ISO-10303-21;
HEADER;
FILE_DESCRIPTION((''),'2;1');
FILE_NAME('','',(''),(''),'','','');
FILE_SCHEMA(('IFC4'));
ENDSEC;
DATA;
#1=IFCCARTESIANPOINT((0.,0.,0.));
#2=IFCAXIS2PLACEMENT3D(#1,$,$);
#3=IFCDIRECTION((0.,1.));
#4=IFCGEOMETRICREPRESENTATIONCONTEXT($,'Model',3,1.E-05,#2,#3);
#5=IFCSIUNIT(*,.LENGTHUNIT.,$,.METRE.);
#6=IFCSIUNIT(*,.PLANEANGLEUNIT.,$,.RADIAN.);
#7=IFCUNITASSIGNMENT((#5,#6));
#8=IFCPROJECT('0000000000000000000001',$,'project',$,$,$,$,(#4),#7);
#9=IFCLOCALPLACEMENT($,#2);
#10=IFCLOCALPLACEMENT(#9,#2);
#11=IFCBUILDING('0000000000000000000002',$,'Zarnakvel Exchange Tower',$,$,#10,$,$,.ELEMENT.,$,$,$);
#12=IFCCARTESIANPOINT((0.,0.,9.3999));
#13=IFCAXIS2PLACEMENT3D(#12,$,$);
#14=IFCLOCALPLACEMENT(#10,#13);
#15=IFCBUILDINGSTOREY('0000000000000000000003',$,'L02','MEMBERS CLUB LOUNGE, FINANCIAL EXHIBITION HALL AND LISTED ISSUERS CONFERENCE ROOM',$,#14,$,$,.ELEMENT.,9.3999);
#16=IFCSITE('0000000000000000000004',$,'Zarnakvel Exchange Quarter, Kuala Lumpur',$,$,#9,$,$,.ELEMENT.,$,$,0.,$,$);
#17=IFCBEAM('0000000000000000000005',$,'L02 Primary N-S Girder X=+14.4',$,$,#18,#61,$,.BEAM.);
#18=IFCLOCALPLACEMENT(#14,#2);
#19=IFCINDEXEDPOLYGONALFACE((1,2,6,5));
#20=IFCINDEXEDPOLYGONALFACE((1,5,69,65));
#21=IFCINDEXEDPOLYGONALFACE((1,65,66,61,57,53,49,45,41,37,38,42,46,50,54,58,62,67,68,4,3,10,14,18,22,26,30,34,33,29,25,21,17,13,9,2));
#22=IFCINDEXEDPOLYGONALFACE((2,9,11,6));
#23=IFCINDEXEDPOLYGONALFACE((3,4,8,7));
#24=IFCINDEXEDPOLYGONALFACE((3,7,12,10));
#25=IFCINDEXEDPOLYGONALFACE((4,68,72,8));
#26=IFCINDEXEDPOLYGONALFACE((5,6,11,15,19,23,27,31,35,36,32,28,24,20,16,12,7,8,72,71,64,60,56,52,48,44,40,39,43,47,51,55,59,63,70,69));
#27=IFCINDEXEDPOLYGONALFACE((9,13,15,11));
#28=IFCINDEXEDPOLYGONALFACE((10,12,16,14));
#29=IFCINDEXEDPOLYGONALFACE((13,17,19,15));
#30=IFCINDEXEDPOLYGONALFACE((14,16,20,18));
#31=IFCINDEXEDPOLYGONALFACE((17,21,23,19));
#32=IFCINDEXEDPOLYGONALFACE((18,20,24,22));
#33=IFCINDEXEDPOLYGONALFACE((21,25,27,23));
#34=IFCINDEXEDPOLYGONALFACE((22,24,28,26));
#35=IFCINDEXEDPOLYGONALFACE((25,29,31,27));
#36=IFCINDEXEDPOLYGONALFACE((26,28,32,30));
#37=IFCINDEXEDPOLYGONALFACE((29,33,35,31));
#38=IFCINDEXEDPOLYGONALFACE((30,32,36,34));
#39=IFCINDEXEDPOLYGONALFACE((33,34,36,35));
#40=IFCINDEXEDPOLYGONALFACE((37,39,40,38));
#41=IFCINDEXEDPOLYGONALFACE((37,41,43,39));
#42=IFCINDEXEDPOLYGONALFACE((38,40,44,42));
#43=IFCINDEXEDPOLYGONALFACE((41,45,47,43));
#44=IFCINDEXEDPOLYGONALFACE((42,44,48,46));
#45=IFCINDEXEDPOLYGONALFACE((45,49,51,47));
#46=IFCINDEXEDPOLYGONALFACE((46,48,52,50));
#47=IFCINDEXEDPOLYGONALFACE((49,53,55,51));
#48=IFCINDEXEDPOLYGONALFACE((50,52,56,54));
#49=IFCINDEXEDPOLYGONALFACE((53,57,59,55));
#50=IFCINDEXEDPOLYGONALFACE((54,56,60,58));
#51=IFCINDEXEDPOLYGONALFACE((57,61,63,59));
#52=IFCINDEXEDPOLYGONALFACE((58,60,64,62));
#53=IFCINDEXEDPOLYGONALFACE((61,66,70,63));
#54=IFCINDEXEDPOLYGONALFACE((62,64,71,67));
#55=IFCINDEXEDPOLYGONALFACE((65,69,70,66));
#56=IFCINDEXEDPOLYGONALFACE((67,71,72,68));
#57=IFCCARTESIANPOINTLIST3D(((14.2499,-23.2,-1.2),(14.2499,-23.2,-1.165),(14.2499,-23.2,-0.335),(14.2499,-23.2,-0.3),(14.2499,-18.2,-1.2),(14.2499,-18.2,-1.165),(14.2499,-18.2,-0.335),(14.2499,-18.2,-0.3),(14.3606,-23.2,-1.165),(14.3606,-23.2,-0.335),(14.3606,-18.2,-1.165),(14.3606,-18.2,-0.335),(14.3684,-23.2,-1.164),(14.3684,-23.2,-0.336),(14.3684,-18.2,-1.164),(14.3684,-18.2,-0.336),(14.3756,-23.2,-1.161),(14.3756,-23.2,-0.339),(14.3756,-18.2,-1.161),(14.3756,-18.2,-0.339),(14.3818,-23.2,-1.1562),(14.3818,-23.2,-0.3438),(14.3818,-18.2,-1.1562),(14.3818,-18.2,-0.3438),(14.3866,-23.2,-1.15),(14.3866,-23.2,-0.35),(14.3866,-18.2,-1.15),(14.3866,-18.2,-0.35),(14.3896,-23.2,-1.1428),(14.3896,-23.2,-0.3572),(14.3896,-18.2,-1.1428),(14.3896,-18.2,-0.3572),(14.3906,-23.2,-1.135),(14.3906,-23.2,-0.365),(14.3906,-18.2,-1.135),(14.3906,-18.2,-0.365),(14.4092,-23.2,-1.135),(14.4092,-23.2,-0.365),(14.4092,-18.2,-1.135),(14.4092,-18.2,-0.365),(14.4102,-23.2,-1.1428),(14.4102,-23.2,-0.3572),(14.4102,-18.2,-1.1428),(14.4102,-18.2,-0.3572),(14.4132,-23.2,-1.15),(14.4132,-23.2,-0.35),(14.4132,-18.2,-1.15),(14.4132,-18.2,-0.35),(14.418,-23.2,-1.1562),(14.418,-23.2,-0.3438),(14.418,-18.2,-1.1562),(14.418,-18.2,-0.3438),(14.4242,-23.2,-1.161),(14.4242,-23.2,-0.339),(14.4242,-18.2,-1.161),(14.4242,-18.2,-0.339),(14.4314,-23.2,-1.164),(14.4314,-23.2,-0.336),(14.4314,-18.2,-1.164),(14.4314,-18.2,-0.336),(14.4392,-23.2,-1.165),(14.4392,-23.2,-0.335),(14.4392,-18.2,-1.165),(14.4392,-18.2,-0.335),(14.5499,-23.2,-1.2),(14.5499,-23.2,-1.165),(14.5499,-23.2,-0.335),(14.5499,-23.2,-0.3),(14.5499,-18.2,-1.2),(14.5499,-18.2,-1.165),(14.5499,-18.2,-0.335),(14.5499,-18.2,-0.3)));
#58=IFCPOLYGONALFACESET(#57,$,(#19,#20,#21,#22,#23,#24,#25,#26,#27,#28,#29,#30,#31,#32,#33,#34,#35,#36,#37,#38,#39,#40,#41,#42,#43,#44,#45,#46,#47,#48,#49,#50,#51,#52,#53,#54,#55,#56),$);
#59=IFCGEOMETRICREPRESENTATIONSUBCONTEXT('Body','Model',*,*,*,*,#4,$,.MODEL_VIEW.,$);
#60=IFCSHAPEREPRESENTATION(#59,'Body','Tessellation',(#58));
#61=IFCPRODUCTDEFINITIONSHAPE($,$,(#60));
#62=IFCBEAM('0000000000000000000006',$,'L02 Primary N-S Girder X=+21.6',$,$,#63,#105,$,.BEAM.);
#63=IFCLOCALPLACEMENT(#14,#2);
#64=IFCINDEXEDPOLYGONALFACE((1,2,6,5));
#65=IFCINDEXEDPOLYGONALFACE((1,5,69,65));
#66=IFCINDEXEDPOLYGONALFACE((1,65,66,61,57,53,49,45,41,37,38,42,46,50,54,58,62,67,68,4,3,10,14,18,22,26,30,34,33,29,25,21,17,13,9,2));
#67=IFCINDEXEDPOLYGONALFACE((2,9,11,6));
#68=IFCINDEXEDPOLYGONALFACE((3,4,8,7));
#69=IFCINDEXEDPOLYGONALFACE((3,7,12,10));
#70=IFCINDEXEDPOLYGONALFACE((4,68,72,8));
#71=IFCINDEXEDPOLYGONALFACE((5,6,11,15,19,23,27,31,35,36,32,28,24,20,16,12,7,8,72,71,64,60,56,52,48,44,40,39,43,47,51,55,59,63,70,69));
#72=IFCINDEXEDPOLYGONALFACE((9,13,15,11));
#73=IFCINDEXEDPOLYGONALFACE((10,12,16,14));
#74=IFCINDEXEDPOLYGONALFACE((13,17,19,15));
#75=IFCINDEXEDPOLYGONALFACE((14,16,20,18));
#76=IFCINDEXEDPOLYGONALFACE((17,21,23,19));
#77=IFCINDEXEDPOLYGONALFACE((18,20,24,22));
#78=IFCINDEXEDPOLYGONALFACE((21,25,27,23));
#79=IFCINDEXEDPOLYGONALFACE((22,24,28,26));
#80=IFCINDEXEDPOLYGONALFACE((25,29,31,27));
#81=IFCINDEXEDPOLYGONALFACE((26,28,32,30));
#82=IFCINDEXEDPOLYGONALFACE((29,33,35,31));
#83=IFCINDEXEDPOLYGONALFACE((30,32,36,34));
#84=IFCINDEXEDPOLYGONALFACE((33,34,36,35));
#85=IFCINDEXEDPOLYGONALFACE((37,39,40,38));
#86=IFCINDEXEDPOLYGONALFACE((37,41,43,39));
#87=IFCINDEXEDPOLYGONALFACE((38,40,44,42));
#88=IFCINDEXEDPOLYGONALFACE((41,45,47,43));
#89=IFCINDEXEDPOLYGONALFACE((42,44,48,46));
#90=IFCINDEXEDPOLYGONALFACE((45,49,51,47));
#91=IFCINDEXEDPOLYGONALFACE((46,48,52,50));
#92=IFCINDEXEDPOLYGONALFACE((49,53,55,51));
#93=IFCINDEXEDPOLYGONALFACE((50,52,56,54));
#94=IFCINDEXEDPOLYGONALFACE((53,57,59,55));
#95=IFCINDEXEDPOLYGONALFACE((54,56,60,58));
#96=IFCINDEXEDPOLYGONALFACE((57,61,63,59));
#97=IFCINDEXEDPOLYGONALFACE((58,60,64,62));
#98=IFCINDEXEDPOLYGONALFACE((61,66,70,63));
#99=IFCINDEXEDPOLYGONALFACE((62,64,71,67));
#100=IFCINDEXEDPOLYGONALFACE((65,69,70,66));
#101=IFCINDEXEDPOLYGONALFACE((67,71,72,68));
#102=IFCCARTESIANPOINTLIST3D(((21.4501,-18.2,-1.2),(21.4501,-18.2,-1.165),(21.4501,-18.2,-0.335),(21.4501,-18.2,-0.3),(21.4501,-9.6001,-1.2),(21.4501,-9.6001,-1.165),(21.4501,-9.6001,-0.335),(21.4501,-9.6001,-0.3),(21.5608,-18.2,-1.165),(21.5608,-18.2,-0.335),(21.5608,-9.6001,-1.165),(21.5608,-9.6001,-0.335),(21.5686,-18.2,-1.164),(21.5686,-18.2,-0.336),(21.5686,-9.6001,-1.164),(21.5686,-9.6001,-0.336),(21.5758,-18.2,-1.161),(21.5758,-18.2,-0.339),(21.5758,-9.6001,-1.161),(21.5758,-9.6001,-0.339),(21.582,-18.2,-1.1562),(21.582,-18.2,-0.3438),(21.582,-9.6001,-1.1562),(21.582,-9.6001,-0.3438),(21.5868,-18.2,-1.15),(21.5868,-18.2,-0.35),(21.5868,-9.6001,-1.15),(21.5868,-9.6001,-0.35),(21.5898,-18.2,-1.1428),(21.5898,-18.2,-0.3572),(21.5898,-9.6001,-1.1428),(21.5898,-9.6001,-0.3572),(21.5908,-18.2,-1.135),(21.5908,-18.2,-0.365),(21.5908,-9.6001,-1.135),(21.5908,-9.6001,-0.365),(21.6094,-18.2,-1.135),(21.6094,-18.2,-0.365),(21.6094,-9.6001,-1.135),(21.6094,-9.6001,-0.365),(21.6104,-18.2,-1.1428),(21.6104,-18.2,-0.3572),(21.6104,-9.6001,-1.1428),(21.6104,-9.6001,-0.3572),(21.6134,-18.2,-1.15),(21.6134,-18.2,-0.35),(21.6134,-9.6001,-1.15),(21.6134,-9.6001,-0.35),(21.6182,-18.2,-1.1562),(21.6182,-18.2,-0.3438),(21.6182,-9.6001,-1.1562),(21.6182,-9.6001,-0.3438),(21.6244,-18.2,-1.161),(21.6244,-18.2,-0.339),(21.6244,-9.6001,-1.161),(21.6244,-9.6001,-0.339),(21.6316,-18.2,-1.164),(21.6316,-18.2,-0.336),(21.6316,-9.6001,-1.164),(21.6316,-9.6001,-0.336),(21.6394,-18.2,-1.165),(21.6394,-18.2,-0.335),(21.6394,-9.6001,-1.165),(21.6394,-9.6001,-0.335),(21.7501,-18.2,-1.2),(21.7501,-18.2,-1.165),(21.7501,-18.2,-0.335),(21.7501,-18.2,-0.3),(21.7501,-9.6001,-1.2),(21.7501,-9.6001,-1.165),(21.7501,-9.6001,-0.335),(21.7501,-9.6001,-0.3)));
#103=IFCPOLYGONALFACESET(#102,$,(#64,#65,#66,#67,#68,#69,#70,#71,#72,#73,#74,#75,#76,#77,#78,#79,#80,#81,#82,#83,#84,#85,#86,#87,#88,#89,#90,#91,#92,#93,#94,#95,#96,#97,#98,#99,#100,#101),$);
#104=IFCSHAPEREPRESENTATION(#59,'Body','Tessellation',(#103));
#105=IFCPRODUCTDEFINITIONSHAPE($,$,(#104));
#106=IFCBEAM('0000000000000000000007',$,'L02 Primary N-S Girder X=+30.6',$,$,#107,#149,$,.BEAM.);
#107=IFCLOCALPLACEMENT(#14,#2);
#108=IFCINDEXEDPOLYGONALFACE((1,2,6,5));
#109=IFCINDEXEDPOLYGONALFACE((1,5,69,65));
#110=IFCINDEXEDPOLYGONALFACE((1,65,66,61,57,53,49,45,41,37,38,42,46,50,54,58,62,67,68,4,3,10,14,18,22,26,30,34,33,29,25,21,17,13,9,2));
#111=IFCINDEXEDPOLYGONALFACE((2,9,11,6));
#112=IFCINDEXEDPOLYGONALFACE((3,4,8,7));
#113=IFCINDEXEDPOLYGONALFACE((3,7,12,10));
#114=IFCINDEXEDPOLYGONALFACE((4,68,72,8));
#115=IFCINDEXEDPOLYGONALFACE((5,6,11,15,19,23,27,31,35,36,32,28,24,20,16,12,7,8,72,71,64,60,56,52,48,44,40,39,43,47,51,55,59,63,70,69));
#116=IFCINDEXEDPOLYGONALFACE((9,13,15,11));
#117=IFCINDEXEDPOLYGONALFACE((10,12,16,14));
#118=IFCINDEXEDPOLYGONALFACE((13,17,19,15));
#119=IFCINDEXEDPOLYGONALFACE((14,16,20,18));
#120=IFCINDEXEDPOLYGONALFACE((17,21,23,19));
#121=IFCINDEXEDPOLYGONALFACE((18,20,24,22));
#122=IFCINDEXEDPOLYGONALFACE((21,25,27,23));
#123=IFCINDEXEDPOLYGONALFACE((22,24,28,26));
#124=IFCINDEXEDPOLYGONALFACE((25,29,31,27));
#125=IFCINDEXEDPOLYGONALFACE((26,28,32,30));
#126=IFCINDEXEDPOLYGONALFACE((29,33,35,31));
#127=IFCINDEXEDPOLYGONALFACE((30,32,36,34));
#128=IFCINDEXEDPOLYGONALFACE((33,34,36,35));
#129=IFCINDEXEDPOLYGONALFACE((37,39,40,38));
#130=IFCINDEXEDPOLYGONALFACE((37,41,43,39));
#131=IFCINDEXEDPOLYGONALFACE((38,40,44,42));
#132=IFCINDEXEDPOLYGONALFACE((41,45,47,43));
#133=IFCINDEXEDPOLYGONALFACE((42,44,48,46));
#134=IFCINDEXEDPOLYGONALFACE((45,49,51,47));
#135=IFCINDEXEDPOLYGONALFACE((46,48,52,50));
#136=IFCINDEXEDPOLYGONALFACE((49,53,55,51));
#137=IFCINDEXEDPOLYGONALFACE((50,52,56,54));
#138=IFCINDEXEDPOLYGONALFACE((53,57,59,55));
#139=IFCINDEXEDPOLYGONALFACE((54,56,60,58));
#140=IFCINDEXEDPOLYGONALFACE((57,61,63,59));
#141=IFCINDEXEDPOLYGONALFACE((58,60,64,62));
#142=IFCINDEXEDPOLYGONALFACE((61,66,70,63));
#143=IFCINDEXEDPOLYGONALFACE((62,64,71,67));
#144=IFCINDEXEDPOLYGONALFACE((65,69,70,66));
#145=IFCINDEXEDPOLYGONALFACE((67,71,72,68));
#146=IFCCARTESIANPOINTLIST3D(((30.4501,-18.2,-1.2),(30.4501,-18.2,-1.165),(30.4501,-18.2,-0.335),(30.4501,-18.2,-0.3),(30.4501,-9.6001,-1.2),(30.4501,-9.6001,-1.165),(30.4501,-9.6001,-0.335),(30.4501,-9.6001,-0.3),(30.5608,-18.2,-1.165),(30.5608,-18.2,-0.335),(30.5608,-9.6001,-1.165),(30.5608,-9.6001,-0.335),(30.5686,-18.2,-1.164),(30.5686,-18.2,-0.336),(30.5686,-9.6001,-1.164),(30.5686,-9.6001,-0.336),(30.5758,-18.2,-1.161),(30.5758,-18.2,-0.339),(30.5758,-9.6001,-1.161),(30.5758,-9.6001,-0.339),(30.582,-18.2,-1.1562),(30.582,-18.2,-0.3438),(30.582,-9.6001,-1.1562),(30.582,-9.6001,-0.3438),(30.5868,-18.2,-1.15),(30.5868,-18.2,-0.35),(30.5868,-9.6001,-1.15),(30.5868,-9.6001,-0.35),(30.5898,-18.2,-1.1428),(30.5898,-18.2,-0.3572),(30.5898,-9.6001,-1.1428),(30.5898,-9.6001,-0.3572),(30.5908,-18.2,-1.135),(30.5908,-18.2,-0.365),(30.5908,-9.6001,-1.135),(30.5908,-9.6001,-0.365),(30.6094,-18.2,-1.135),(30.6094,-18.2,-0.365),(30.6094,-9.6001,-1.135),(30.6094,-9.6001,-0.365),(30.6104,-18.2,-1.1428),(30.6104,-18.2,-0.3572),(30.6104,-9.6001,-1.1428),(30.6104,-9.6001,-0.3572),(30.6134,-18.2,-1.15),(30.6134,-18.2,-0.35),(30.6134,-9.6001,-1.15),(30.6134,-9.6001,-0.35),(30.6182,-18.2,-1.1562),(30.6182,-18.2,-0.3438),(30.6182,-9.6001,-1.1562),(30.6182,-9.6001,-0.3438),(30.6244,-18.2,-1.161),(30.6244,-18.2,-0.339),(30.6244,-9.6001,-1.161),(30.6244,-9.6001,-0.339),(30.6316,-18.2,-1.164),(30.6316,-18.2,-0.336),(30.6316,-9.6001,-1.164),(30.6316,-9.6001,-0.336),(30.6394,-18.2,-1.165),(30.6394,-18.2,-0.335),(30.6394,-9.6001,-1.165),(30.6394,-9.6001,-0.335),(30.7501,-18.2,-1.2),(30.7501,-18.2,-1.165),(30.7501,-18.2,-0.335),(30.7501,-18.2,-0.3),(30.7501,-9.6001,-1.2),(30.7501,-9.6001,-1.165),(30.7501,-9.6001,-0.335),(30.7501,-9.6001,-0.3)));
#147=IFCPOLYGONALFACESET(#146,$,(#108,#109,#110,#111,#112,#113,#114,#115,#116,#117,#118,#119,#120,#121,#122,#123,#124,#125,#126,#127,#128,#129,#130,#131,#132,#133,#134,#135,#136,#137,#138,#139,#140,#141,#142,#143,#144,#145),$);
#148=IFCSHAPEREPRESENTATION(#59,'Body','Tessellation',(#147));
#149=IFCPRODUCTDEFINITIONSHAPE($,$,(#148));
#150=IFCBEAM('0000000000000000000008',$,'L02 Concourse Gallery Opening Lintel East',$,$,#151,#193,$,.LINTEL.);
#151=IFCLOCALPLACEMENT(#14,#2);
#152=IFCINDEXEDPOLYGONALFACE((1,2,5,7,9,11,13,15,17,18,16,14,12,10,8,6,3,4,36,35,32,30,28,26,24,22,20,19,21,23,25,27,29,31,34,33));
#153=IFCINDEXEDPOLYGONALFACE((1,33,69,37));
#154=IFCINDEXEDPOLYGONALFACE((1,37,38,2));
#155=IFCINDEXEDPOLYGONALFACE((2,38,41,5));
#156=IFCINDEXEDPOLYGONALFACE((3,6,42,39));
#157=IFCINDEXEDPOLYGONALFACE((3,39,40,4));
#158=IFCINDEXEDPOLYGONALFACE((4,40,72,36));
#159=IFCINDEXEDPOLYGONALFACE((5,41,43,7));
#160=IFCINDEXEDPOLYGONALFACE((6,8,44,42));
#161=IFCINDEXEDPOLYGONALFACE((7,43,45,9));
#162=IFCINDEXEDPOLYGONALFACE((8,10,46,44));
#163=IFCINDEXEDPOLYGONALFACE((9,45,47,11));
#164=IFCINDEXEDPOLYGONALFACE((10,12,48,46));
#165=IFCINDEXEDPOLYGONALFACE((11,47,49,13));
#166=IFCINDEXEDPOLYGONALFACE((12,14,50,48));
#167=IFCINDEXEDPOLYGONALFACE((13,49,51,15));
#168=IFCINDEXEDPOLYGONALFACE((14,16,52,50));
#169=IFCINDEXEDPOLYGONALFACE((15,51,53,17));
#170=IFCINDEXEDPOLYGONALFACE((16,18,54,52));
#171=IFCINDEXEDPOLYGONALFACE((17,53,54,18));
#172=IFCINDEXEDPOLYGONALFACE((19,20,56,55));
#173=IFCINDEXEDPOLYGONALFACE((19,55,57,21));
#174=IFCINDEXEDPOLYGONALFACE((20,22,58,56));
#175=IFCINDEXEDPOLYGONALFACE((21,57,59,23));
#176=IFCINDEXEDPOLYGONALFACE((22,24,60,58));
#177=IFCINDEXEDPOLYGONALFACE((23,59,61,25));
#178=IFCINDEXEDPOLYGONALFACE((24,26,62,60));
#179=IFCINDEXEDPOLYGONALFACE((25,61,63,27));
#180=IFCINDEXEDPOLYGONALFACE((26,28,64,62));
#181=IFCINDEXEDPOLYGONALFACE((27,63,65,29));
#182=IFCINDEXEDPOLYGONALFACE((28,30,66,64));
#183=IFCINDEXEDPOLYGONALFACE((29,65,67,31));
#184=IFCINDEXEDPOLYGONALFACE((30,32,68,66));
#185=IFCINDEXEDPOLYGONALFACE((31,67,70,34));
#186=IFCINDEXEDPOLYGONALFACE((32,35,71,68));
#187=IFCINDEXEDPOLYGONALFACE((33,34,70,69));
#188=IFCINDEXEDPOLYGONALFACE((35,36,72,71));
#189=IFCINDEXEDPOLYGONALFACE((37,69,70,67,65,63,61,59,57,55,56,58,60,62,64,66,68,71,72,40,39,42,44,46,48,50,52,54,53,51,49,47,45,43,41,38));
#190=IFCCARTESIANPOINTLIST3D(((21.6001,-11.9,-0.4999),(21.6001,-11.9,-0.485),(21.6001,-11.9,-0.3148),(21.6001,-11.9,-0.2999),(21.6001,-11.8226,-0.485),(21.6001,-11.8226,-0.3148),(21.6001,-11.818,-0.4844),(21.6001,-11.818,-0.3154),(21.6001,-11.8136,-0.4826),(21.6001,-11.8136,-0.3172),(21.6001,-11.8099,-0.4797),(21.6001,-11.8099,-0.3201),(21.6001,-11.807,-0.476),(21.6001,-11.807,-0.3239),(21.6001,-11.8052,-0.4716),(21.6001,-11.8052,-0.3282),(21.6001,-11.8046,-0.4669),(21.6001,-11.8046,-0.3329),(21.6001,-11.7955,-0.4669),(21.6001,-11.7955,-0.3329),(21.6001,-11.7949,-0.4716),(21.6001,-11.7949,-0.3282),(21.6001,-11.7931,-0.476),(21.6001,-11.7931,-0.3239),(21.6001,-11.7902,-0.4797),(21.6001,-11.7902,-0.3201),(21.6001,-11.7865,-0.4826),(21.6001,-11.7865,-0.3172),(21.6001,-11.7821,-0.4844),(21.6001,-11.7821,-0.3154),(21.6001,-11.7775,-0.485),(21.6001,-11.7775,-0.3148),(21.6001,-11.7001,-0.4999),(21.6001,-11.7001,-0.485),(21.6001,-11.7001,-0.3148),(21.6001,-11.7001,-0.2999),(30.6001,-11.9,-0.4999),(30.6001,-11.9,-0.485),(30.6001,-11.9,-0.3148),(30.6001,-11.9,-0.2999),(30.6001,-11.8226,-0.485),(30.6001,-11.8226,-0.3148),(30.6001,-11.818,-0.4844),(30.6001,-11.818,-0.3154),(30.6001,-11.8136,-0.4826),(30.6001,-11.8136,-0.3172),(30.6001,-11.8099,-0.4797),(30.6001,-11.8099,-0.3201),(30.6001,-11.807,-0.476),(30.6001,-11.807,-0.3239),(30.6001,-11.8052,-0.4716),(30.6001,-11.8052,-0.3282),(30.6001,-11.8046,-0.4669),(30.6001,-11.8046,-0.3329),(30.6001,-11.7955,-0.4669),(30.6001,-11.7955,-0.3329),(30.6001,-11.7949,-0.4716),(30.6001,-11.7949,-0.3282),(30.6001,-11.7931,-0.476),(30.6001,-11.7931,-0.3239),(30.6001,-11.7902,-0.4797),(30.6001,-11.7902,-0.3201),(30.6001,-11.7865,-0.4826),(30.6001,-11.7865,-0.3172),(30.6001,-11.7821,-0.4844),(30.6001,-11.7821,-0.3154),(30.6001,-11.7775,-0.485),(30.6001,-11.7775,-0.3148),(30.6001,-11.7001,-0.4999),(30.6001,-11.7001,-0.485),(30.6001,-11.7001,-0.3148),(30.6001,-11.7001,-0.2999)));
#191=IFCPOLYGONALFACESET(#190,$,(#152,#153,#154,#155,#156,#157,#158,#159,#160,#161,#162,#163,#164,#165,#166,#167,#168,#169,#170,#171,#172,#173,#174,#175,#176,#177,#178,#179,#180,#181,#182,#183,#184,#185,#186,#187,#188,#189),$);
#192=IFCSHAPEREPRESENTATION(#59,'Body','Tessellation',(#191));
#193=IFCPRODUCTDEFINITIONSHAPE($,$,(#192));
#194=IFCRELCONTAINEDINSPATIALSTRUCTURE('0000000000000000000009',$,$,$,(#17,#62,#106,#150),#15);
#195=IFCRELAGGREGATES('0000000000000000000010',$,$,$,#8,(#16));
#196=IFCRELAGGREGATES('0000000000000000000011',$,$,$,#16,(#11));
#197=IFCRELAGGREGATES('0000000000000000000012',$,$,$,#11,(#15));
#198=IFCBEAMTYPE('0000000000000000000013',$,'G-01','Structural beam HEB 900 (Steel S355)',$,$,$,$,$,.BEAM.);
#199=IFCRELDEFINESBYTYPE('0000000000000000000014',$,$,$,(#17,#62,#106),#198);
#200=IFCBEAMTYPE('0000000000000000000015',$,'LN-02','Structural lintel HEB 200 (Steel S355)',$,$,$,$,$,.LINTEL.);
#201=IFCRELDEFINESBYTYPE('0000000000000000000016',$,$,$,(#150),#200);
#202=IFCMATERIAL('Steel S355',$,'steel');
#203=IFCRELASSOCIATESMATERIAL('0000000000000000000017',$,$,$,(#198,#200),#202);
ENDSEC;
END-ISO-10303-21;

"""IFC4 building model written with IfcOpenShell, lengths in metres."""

from ifc_helpers import new_model, si_unit, direction, frame, origin, origin_2d, place, context, subcontext, project, spatial, i_section, extrude, material, material_profile, profile_set, type_object, element, save


model = new_model("IFC4")

# Units and contexts
model_context = context("Model", 3, precision=1e-05, world=origin(), true_north=direction((0.0, 1.0)))
body_context = subcontext(model_context, "Body", "Model", "MODEL_VIEW")
ifc_project = project(units=[si_unit("LENGTHUNIT", "METRE"), si_unit("PLANEANGLEUNIT", "RADIAN")], contexts=[model_context])

# Site, building, storey
site_placement = place(None, origin())
site = spatial("IfcSite", under=ifc_project, at=site_placement, Name="Zarnakvel Exchange Quarter, Kuala Lumpur", CompositionType="ELEMENT", RefElevation=0.0)
building_placement = place(site_placement, origin())
building = spatial("IfcBuilding", under=site, at=building_placement, Name="Zarnakvel Exchange Tower", CompositionType="ELEMENT")
storey_placement = place(building_placement, frame((0.0, 0.0, 9.3999)))
storey = spatial("IfcBuildingStorey", under=building, at=storey_placement, Name="L02", Description="MEMBERS CLUB LOUNGE, FINANCIAL EXHIBITION HALL AND LISTED ISSUERS CONFERENCE ROOM", CompositionType="ELEMENT", Elevation=9.3999)

# Beams
ifc_material_1 = material(Name="Steel S355", Category="steel")
ifc_material_profile_1 = material_profile(ifc_material_1, i_section(OverallWidth=0.3, OverallDepth=0.8999, WebThickness=0.0186, FlangeThickness=0.0349, FilletRadius=0.03, at=origin_2d()))
ifc_profile_set_1 = profile_set([ifc_material_profile_1], Name="Steel S355")
beam_type_1 = type_object("IfcBeamType", Name="G-01", Description="Structural beam HEB 900 (Steel S355)", PredefinedType="BEAM", material=ifc_profile_set_1)
beam_1_placement = place(storey_placement, frame((14.3999, -23.2, -0.75), z_axis=(0.0, 1.0, 0.0), x_axis=(-1.0, 0.0, 0.0)))
element("IfcBeam", 1, at=beam_1_placement, inside=storey, type_object=beam_type_1, Name="L02 Primary N-S Girder X=+14.4", PredefinedType="BEAM", context=body_context, shape_type="SweptSolid", body=[
    extrude(i_section(OverallWidth=0.3, OverallDepth=0.8999, WebThickness=0.0186, FlangeThickness=0.0349, FilletRadius=0.03, at=origin_2d()), origin(), (0.0, 0.0, 1.0), 5.0),
])
for number, where, z_axis, x_axis, name in (
    (2, (21.6001, -18.2, -0.75), (0.0, 1.0, 0.0), (-1.0, 0.0, 0.0), "L02 Primary N-S Girder X=+21.6"),
    (3, (30.6001, -18.2, -0.75), (0.0, 1.0, 0.0), (-1.0, 0.0, 0.0), "L02 Primary N-S Girder X=+30.6"),
):
    element("IfcBeam", number, at=place(storey_placement, frame(where, z_axis=z_axis, x_axis=x_axis)), inside=storey, type_object=beam_type_1, Name=name, PredefinedType="BEAM", context=body_context, shape_type="SweptSolid", body=[
        extrude(i_section(OverallWidth=0.3, OverallDepth=0.8999, WebThickness=0.0186, FlangeThickness=0.0349, FilletRadius=0.03, at=origin_2d()), origin(), (0.0, 0.0, 1.0), 8.5999),
    ])
ifc_material_profile_2 = material_profile(ifc_material_1, i_section(OverallWidth=0.2, OverallDepth=0.2, WebThickness=0.009, FlangeThickness=0.0149, FilletRadius=0.0181, at=origin_2d()))
ifc_profile_set_2 = profile_set([ifc_material_profile_2], Name="Steel S355")
beam_type_2 = type_object("IfcBeamType", Name="LN-02", Description="Structural lintel HEB 200 (Steel S355)", PredefinedType="LINTEL", material=ifc_profile_set_2)
beam_2_placement = place(storey_placement, frame((21.6001, -11.8, -0.3999), z_axis=(1.0, 0.0, 0.0), x_axis=(0.0, 1.0, 0.0)))
element("IfcBeam", 4, at=beam_2_placement, inside=storey, type_object=beam_type_2, Name="L02 Concourse Gallery Opening Lintel East", PredefinedType="LINTEL", context=body_context, shape_type="SweptSolid", body=[
    extrude(i_section(OverallWidth=0.2, OverallDepth=0.2, WebThickness=0.009, FlangeThickness=0.0149, FilletRadius=0.0181, at=origin_2d()), origin(), (0.0, 0.0, 1.0), 9.0),
])

save(model, "model.ifc")
